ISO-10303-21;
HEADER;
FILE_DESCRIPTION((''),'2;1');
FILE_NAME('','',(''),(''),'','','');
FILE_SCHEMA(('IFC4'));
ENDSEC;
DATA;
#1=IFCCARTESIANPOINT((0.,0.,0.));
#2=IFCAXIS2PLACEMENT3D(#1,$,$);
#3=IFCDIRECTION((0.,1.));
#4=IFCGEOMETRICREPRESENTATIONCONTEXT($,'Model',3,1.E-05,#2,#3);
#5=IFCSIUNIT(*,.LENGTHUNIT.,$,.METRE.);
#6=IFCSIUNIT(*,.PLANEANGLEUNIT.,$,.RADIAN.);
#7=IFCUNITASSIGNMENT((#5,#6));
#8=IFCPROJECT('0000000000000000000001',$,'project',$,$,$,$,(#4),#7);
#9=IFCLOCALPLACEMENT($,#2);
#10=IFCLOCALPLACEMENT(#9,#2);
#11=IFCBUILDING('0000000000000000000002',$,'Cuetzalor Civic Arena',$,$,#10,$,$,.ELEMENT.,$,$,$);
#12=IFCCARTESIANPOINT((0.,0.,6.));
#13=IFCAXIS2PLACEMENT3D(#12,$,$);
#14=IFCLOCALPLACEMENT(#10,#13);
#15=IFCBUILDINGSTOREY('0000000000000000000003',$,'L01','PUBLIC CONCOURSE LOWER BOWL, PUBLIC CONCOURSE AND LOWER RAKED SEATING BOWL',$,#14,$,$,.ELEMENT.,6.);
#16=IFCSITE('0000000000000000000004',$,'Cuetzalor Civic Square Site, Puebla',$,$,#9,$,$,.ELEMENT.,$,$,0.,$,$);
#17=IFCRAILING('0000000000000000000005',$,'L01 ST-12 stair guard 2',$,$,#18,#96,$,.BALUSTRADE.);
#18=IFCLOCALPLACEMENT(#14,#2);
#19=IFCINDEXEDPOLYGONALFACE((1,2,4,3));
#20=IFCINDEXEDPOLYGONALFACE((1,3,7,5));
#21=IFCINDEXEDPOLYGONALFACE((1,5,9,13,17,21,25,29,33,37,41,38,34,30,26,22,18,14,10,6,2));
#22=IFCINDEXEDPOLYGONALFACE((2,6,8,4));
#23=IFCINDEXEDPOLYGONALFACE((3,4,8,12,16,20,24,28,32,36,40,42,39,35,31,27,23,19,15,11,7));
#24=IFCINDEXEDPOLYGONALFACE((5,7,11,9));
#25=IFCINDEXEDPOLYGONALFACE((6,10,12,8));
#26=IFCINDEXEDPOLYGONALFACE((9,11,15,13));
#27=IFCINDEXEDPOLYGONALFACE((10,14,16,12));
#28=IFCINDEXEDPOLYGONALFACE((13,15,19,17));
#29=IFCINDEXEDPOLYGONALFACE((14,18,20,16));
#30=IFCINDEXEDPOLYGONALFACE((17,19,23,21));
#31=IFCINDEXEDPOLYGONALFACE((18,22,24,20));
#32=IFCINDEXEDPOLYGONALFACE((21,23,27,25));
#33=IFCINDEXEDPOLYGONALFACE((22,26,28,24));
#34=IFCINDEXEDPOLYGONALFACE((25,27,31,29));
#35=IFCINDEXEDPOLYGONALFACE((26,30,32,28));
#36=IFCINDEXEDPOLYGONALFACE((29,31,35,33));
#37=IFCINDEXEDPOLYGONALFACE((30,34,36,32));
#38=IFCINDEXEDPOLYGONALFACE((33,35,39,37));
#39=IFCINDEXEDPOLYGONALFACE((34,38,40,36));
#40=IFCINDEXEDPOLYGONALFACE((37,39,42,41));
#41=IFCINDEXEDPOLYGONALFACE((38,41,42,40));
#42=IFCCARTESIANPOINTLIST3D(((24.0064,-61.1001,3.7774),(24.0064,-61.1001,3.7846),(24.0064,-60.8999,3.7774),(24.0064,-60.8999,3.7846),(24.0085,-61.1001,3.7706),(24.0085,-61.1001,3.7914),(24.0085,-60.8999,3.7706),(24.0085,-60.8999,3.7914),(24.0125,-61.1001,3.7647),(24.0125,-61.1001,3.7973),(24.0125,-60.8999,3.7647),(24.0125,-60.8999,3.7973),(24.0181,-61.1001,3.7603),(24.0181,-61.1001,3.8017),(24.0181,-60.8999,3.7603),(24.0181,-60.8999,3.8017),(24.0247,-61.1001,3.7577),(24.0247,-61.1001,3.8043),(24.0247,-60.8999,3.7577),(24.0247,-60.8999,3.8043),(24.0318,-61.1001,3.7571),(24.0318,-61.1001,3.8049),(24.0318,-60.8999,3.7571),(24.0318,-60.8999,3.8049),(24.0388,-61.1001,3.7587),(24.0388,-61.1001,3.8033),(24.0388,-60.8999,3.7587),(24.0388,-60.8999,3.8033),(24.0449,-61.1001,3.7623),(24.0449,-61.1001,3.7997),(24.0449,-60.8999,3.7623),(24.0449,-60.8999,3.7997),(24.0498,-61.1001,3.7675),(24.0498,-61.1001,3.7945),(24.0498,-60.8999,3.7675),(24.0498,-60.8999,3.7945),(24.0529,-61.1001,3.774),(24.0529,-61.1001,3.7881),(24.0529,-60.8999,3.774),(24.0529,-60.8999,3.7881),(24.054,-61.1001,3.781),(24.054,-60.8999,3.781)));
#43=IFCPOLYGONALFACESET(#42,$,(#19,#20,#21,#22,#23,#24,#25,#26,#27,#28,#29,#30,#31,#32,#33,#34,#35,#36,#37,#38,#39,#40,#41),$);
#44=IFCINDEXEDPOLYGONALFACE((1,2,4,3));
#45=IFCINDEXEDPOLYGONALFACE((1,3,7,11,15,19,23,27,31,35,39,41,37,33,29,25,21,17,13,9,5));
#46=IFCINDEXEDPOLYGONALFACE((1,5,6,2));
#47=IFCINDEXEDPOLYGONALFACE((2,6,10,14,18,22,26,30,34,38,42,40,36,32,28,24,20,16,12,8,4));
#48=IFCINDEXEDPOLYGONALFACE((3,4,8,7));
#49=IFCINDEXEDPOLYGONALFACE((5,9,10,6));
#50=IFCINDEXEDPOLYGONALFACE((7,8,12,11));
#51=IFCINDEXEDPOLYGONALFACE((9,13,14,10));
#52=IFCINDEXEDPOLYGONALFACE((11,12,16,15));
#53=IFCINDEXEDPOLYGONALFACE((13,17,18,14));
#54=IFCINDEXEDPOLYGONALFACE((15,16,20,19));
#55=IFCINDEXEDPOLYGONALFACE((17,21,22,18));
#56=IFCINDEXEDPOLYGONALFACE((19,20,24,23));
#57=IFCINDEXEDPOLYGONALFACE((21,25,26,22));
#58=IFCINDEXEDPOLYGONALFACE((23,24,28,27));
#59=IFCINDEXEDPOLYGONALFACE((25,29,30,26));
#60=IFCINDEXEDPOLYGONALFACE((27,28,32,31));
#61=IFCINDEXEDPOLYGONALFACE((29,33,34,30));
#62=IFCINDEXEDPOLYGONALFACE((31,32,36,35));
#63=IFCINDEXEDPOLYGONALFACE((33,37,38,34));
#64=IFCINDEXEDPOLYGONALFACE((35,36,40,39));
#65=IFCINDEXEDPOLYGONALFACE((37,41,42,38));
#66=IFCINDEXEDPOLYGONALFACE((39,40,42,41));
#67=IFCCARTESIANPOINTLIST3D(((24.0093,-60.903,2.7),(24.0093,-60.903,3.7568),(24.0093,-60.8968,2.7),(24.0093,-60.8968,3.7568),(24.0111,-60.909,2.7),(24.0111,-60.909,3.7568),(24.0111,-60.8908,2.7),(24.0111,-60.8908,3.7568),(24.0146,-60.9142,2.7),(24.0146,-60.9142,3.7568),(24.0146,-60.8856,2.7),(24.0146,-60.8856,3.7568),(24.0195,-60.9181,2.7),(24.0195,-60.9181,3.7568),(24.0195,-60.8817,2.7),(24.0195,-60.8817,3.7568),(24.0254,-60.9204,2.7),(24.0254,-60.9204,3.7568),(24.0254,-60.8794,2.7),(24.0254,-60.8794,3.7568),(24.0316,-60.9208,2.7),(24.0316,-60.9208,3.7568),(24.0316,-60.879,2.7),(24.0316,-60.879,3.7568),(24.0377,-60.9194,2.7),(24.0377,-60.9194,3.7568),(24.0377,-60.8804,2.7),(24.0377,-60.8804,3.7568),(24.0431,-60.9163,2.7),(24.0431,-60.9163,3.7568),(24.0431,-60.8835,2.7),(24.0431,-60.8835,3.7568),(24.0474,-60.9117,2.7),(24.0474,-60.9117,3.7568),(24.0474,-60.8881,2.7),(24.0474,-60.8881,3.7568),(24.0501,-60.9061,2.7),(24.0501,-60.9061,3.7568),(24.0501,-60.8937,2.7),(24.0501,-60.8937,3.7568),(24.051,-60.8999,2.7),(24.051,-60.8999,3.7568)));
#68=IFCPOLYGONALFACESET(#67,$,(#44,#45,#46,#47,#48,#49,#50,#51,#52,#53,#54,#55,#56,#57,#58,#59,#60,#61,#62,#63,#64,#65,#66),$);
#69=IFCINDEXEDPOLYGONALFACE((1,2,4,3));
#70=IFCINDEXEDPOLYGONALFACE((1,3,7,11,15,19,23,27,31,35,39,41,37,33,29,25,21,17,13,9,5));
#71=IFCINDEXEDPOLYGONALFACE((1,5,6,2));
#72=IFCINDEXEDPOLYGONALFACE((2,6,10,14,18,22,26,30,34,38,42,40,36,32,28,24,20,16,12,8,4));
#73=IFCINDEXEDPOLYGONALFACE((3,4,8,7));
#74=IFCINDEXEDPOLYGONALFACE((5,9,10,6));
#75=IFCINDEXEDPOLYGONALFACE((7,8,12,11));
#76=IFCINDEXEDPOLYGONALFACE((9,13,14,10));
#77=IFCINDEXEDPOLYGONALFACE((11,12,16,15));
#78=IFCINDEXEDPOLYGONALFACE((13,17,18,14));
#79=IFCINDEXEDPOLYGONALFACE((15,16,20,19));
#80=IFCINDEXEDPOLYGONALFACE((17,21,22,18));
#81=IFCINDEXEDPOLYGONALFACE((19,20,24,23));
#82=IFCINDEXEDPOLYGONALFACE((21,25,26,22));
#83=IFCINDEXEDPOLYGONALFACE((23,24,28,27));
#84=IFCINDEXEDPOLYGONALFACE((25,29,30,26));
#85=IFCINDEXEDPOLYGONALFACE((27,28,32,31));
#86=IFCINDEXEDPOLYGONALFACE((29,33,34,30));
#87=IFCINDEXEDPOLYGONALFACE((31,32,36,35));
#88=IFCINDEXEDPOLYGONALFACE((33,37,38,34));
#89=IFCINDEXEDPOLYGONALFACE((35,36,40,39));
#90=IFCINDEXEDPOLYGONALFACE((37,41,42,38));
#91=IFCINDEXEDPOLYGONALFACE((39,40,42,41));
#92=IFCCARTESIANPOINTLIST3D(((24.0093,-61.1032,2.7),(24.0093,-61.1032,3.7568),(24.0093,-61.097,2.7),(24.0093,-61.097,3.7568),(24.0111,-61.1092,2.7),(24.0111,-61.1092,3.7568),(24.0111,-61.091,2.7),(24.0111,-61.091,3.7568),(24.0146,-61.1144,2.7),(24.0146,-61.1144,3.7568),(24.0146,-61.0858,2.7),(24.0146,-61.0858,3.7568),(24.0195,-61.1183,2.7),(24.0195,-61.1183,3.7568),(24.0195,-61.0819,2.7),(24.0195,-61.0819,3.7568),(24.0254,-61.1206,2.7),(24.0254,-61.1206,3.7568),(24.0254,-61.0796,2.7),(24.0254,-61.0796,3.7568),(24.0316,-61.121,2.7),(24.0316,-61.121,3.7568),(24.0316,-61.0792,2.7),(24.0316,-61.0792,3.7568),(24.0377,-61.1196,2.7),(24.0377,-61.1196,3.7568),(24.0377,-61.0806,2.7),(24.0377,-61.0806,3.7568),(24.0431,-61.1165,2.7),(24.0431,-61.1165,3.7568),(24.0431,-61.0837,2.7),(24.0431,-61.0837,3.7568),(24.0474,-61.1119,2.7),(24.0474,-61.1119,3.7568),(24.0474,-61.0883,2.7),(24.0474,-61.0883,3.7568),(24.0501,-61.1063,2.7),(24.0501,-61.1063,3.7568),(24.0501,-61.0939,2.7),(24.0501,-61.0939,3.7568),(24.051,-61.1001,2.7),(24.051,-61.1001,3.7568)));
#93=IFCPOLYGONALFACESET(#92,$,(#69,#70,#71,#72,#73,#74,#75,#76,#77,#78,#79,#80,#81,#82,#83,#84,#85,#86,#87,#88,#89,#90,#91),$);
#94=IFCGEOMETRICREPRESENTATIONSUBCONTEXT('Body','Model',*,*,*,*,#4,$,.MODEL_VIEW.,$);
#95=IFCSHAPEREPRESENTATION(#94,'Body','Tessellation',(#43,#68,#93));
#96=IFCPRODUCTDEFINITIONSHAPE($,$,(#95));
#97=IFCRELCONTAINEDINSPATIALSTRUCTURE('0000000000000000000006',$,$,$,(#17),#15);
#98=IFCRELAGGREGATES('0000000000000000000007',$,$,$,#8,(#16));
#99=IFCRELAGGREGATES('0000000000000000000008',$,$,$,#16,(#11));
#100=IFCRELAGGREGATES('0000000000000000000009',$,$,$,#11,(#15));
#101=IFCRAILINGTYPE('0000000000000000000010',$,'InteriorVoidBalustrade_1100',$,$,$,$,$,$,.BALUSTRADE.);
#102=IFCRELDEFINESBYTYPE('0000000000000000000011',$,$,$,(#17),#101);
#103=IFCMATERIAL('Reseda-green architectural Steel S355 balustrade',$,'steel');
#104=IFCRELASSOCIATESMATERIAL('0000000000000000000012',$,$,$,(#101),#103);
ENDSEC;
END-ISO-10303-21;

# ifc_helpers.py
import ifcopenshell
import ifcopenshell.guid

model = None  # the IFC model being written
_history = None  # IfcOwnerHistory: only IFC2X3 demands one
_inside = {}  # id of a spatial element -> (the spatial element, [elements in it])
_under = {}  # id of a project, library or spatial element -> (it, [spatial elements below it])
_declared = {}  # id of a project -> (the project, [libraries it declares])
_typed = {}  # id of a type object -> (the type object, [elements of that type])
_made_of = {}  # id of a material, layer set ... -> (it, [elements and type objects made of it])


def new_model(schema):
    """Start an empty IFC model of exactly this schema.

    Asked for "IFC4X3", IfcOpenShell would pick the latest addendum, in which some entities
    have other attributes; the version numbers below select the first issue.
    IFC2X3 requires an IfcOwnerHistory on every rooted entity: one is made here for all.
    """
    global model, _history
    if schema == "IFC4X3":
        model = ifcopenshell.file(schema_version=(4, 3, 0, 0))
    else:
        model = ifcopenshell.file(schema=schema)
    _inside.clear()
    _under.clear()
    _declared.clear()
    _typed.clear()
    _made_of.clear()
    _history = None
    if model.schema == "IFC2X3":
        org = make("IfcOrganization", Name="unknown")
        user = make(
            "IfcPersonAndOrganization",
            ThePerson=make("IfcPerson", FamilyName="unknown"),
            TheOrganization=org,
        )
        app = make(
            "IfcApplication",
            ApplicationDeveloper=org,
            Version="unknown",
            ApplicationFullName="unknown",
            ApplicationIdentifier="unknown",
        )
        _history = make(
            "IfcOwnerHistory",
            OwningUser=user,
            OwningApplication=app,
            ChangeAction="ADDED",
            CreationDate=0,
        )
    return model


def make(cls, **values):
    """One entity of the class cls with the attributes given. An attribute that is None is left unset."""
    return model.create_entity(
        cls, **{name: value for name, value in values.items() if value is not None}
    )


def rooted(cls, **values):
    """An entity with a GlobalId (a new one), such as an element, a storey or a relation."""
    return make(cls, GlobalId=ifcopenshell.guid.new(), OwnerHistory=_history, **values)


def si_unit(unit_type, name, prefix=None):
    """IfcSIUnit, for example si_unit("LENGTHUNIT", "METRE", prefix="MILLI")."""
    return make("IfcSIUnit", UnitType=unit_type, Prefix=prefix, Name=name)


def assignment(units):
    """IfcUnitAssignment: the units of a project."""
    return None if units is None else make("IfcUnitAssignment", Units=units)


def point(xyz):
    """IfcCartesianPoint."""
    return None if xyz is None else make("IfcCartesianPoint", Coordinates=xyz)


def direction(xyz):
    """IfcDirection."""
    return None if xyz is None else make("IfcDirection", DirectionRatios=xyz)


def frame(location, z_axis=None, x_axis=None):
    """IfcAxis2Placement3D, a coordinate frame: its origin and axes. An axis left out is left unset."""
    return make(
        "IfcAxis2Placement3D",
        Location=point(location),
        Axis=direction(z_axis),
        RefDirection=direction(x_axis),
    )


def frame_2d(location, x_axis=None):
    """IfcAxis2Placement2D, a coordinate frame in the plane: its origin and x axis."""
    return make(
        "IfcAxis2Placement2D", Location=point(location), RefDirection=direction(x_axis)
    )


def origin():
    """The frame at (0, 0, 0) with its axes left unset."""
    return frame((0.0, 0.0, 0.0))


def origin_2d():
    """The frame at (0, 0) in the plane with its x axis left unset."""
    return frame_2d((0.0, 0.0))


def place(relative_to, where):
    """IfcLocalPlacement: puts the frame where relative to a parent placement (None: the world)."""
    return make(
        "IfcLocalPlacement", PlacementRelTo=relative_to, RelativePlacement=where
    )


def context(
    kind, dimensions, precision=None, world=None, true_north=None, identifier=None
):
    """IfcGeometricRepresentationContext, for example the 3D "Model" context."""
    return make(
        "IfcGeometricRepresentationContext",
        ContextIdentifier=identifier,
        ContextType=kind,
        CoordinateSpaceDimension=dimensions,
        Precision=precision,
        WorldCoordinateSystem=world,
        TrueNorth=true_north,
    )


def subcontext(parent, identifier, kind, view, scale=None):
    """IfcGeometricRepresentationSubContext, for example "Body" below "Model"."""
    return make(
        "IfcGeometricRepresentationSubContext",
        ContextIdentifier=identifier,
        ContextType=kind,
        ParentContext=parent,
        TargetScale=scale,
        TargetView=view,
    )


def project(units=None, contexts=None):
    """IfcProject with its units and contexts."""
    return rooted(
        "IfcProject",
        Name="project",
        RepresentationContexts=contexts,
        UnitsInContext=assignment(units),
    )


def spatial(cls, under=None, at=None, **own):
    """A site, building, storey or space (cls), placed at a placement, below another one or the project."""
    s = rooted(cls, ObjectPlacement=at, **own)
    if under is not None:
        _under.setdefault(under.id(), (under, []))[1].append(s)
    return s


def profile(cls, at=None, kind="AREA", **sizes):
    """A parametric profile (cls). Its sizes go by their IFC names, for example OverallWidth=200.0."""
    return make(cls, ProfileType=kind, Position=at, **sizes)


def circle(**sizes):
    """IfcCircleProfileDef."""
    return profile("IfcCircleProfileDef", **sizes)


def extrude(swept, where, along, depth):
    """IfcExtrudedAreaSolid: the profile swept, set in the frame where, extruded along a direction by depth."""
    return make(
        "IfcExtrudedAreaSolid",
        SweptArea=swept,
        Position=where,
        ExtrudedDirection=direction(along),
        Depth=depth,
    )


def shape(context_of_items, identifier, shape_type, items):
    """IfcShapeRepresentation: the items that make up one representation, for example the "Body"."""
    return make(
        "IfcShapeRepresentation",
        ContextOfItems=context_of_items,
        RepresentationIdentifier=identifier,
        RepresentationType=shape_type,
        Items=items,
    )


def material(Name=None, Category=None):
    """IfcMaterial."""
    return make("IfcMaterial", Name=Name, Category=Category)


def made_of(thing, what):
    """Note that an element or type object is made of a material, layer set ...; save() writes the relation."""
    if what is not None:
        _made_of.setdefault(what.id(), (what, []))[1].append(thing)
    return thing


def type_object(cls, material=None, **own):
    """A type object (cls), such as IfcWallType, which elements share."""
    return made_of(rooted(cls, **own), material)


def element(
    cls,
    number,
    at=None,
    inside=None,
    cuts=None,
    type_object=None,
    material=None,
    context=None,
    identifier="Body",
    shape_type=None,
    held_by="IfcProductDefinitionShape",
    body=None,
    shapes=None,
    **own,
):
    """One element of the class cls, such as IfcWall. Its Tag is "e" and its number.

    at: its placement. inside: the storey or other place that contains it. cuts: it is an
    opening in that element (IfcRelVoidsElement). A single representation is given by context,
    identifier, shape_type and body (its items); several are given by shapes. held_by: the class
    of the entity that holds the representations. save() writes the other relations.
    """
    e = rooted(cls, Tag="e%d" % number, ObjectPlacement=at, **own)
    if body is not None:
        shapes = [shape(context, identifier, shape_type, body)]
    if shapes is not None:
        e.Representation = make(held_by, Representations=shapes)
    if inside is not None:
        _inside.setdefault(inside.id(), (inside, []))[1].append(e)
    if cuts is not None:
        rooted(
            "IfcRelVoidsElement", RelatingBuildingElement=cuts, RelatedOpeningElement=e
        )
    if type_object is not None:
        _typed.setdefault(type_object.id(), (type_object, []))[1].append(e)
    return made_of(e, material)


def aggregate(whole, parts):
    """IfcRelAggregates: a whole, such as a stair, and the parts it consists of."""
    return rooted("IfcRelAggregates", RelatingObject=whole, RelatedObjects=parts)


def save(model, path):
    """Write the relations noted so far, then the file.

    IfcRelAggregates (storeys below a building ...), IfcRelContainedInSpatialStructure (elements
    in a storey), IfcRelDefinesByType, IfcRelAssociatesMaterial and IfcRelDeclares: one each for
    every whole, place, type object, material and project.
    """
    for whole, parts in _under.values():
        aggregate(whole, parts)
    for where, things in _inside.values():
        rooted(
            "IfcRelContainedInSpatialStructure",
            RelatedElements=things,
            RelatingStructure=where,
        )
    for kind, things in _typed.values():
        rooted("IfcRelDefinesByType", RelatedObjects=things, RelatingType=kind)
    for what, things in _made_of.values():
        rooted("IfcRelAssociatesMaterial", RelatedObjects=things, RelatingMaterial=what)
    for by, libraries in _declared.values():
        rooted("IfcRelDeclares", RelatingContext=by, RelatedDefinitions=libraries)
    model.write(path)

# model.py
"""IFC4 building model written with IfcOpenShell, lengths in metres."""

from ifc_helpers import new_model, si_unit, direction, frame, origin, origin_2d, place, context, subcontext, project, spatial, circle, extrude, material, type_object, element, save


model = new_model("IFC4")

# Units and contexts
model_context = context("Model", 3, precision=1e-05, world=origin(), true_north=direction((0.0, 1.0)))
body_context = subcontext(model_context, "Body", "Model", "MODEL_VIEW")
ifc_project = project(units=[si_unit("LENGTHUNIT", "METRE"), si_unit("PLANEANGLEUNIT", "RADIAN")], contexts=[model_context])

# Site, building, storey
site_placement = place(None, origin())
site = spatial("IfcSite", under=ifc_project, at=site_placement, Name="Cuetzalor Civic Square Site, Puebla", CompositionType="ELEMENT", RefElevation=0.0)
building_placement = place(site_placement, origin())
building = spatial("IfcBuilding", under=site, at=building_placement, Name="Cuetzalor Civic Arena", CompositionType="ELEMENT")
storey_placement = place(building_placement, frame((0.0, 0.0, 6.0)))
storey = spatial("IfcBuildingStorey", under=building, at=storey_placement, Name="L01", Description="PUBLIC CONCOURSE LOWER BOWL, PUBLIC CONCOURSE AND LOWER RAKED SEATING BOWL", CompositionType="ELEMENT", Elevation=6.0)

# Railing
ifc_material_1 = material(Name="Reseda-green architectural Steel S355 balustrade", Category="steel")
railing_type_1 = type_object("IfcRailingType", Name="InteriorVoidBalustrade_1100", PredefinedType="BALUSTRADE", material=ifc_material_1)
railing_1_placement = place(storey_placement, frame((24.03, -60.8999, 2.7)))
element("IfcRailing", 1, at=railing_1_placement, inside=storey, type_object=railing_type_1, Name="L01 ST-12 stair guard 2", PredefinedType="BALUSTRADE", context=body_context, shape_type="SweptSolid", body=[
    extrude(circle(Radius=0.0239, at=origin_2d()), frame((0.0, 0.0, 1.0811), z_axis=(0.0, -1.0, 0.0), x_axis=(1.0, 0.0, 0.0)), (0.0, 0.0, 1.0), 0.2002),
    extrude(circle(Radius=0.021, at=origin_2d()), origin(), (0.0, 0.0, 1.0), 1.0569),
    extrude(circle(Radius=0.021, at=origin_2d()), frame((0.0, -0.2002, 0.0)), (0.0, 0.0, 1.0), 1.0569),
])

save(model, "model.ifc")
